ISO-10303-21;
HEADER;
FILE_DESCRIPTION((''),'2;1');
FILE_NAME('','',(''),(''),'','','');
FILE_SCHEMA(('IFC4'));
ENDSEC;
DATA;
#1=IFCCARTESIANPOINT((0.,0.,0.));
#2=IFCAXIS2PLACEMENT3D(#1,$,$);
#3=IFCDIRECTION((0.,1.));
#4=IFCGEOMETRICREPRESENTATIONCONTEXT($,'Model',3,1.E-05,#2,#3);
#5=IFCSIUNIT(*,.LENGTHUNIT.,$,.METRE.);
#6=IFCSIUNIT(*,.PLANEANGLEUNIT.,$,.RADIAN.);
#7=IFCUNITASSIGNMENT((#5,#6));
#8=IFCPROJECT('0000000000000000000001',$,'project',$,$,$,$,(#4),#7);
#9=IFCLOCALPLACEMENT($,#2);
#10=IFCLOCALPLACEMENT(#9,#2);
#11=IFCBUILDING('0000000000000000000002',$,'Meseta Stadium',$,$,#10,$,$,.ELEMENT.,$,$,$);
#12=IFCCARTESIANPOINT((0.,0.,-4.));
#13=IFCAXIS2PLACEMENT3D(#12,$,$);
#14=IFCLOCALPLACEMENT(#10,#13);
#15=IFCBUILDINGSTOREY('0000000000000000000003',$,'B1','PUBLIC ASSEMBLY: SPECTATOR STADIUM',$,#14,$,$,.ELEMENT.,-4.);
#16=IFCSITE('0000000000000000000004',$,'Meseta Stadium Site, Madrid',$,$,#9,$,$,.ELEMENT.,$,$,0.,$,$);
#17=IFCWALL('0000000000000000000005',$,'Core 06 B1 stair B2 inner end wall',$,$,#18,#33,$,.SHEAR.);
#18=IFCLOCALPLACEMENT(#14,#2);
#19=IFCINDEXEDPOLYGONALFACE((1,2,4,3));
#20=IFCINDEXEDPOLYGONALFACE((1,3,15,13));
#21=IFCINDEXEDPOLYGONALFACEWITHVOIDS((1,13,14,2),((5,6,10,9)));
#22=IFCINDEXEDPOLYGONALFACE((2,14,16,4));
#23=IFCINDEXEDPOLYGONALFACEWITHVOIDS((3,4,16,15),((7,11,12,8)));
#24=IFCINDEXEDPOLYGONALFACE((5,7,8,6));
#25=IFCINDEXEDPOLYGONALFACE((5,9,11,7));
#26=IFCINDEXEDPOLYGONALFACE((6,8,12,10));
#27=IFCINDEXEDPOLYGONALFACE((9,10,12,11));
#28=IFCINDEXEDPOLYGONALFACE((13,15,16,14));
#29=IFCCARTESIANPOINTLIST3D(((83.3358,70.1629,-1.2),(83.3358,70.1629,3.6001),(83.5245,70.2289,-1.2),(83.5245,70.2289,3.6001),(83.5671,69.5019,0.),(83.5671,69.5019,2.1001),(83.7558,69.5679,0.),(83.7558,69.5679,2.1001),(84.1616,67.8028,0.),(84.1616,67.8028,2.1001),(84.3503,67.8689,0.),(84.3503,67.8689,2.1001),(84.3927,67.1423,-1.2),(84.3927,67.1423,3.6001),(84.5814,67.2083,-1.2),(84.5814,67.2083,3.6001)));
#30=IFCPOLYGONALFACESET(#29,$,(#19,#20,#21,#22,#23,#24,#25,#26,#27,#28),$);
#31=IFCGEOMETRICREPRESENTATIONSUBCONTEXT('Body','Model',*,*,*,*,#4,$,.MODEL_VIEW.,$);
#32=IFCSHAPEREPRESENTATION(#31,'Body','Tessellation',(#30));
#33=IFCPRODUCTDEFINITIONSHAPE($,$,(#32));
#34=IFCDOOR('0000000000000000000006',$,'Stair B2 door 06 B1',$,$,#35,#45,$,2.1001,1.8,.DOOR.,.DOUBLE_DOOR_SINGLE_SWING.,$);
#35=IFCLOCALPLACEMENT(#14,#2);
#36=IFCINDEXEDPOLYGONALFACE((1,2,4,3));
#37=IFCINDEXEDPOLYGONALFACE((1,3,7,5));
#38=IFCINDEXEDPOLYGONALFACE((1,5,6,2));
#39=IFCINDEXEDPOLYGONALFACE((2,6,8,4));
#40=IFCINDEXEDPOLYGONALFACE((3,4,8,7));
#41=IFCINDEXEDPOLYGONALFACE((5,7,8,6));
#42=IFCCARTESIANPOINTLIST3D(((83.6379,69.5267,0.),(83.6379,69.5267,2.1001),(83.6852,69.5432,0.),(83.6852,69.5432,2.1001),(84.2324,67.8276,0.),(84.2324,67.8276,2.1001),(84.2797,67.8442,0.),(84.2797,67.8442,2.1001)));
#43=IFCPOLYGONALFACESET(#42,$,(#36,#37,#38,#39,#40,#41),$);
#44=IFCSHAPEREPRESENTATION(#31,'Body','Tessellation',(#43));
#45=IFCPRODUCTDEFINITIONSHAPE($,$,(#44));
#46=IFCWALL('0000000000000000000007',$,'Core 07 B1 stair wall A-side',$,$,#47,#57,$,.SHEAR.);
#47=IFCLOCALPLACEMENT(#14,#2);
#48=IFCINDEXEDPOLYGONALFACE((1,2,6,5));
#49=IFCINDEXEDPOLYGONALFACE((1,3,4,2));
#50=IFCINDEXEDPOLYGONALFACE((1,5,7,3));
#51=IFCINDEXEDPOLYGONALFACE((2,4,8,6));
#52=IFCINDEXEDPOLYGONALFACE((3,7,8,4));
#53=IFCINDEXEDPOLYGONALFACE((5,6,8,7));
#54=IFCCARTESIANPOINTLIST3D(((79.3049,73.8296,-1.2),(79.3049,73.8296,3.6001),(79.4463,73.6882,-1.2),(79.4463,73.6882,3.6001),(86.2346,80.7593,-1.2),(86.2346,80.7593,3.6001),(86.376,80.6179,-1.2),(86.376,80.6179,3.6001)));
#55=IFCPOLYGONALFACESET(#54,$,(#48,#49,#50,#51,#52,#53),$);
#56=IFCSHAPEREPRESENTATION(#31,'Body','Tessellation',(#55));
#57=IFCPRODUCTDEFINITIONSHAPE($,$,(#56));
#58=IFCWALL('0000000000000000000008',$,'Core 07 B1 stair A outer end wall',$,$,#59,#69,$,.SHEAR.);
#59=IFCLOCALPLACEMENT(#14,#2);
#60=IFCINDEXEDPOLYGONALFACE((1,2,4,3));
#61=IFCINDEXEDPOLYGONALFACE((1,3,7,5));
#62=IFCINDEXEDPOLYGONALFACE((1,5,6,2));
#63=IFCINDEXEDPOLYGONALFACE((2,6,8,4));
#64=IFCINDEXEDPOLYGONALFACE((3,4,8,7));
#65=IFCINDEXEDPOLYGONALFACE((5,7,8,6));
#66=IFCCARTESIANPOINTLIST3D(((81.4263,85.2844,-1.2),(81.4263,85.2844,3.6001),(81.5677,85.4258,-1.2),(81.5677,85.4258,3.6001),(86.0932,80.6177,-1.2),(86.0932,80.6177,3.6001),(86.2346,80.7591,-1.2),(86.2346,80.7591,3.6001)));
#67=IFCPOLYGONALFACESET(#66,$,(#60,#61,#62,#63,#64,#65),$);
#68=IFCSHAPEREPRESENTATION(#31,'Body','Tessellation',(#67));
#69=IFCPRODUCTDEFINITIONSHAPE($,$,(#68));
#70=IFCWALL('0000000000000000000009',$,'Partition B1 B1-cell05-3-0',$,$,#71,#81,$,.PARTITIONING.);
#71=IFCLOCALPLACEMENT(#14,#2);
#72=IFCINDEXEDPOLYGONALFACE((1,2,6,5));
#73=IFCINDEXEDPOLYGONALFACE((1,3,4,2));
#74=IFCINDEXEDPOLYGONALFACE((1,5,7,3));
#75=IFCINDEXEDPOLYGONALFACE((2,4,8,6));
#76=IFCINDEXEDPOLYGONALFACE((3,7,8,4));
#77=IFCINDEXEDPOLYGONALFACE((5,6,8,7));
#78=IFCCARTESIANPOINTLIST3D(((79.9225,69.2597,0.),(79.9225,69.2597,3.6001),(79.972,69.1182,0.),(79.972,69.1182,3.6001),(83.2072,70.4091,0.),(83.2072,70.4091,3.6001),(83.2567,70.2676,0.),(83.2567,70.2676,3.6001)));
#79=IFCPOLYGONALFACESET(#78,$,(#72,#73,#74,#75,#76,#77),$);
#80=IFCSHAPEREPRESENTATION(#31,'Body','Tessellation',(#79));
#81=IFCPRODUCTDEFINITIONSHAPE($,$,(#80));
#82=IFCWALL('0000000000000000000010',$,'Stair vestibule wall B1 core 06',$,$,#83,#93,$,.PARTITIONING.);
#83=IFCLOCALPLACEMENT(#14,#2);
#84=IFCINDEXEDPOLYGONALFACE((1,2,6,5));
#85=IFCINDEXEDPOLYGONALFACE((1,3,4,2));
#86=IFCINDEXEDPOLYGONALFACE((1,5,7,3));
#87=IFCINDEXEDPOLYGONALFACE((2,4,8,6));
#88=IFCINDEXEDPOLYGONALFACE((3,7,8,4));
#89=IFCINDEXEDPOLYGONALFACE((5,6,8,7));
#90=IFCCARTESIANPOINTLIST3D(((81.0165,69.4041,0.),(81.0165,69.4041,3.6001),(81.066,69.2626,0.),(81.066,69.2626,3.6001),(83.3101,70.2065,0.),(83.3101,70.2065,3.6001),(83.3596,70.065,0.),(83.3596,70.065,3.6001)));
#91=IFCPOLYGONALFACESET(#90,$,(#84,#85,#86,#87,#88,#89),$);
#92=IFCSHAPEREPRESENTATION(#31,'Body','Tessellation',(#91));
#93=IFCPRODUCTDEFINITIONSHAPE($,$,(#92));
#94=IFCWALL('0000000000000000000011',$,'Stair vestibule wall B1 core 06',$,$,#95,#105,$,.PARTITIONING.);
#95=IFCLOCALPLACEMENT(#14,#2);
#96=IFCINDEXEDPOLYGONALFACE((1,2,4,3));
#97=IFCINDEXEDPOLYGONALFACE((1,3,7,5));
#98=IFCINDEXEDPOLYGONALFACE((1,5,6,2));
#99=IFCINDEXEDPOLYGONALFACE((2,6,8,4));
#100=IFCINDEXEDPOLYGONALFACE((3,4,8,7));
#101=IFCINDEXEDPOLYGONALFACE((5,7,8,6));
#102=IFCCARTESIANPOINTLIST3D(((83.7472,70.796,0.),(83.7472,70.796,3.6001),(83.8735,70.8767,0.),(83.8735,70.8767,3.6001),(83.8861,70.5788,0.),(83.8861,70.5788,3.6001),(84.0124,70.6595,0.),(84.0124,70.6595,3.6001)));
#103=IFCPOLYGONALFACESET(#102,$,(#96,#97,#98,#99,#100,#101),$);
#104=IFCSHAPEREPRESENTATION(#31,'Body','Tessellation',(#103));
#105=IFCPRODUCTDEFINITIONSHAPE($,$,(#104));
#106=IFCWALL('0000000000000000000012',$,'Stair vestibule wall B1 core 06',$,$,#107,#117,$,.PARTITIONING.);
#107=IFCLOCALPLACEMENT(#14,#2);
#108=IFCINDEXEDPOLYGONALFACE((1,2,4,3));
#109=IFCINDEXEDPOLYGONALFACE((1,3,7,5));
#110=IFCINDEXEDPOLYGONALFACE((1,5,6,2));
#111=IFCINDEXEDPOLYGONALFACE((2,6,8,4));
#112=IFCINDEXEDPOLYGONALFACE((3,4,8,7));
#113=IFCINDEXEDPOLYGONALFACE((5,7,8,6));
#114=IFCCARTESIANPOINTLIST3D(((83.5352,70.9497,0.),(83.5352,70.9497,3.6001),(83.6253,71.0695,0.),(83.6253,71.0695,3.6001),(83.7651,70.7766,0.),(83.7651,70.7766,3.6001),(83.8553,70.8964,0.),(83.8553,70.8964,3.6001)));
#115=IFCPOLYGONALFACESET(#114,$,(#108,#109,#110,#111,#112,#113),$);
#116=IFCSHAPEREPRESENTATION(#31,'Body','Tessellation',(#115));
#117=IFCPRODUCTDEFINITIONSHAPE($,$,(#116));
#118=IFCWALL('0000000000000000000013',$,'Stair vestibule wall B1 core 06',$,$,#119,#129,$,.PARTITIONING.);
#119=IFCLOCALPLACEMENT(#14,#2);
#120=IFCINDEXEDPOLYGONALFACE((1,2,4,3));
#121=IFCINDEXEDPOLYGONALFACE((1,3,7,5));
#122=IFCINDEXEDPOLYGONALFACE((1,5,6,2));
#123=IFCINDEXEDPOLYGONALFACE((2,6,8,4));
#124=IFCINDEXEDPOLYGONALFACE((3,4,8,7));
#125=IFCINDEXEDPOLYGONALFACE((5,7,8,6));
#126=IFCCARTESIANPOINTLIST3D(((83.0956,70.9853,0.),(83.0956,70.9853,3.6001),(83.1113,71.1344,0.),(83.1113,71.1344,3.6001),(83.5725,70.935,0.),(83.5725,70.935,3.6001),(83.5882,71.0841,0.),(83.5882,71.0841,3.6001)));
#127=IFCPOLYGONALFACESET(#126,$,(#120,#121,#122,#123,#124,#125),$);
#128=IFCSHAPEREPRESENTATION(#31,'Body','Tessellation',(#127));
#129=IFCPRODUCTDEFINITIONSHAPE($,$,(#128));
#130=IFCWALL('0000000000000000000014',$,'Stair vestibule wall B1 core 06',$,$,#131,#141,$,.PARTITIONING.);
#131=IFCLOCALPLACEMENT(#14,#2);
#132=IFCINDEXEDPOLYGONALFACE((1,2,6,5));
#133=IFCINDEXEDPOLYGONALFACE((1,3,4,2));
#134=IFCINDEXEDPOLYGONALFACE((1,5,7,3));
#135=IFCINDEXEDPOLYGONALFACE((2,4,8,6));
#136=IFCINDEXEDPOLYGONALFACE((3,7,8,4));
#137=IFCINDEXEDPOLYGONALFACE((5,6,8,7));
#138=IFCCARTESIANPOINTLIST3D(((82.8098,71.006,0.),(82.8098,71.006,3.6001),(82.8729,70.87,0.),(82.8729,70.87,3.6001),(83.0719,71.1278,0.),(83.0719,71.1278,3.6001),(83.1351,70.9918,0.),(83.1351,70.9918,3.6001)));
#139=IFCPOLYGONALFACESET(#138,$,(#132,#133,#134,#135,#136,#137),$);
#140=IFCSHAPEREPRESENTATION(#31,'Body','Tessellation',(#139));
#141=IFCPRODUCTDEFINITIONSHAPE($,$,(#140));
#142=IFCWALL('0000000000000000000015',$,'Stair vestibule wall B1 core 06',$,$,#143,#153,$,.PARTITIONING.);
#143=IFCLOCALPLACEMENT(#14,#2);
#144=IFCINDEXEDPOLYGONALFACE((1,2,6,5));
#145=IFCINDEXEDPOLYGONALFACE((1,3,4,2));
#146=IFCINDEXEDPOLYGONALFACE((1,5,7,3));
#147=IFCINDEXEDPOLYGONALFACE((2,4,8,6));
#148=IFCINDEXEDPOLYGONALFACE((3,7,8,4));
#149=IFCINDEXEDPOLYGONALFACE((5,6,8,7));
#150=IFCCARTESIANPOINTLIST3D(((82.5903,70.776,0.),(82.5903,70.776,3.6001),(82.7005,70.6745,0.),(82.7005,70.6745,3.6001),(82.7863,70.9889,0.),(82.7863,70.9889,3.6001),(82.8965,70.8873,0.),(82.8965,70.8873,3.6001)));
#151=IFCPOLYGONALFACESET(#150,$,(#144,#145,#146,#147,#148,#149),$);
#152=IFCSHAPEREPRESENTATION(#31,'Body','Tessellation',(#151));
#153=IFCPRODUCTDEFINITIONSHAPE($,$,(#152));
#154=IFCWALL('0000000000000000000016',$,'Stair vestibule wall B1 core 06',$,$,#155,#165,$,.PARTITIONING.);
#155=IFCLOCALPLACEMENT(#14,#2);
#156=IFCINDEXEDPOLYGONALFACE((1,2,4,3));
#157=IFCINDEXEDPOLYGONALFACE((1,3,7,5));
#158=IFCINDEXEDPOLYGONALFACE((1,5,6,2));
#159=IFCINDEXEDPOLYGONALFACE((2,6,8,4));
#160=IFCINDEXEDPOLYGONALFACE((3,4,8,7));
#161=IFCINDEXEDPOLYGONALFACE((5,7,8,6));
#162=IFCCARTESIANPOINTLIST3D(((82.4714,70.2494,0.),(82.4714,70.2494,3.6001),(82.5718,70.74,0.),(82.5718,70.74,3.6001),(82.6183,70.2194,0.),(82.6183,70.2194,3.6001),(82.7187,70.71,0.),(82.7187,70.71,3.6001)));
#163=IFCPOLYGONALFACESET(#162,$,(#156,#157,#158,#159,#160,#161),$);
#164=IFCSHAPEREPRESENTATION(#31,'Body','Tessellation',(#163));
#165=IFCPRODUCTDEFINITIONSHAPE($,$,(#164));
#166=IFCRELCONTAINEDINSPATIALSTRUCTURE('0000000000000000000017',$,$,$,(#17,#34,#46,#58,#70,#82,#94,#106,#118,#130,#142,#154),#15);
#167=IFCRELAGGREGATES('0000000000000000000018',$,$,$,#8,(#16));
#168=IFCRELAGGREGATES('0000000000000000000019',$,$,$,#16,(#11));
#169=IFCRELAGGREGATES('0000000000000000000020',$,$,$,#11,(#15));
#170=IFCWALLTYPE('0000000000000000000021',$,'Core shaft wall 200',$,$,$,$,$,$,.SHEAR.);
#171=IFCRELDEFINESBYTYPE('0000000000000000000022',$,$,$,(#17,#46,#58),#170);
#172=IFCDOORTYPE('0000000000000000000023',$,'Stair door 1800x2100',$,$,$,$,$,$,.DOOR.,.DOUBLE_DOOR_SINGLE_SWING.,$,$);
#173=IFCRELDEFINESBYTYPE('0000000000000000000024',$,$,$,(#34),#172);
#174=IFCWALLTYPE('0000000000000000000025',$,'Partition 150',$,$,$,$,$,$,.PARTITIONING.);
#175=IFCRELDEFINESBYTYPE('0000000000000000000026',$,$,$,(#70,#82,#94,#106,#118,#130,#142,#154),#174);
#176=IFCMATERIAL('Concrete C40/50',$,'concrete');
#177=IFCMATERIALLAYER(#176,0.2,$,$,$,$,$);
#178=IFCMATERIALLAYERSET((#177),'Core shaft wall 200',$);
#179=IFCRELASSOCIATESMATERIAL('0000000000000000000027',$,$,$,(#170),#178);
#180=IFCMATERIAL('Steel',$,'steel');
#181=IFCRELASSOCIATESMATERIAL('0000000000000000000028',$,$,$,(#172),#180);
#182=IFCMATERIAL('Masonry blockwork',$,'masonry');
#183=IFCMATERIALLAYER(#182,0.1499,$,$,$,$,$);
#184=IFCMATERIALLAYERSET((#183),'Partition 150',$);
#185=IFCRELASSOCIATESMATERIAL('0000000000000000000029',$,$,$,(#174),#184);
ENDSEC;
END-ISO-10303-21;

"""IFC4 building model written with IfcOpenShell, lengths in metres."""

from ifc_helpers import new_model, si_unit, direction, frame, frame_2d, origin, place, context, subcontext, project, spatial, rectangle, extrude, material, layer, layer_set, type_object, element, fill, save


model = new_model("IFC4")

# Units and contexts
model_context = context("Model", 3, precision=1e-05, world=origin(), true_north=direction((0.0, 1.0)))
body_context = subcontext(model_context, "Body", "Model", "MODEL_VIEW")
ifc_project = project(units=[si_unit("LENGTHUNIT", "METRE"), si_unit("PLANEANGLEUNIT", "RADIAN")], contexts=[model_context])

# Site, building, storey
site_placement = place(None, origin())
site = spatial("IfcSite", under=ifc_project, at=site_placement, Name="Meseta Stadium Site, Madrid", CompositionType="ELEMENT", RefElevation=0.0)
building_placement = place(site_placement, origin())
building = spatial("IfcBuilding", under=site, at=building_placement, Name="Meseta Stadium", CompositionType="ELEMENT")
storey_placement = place(building_placement, frame((0.0, 0.0, -4.0)))
storey = spatial("IfcBuildingStorey", under=building, at=storey_placement, Name="B1", Description="PUBLIC ASSEMBLY: SPECTATOR STADIUM", CompositionType="ELEMENT", Elevation=-4.0)

# Wall, opening, door
ifc_material_1 = material(Name="Concrete C40/50", Category="concrete")
ifc_layer_1 = layer(ifc_material_1, 0.2)
ifc_layer_set_1 = layer_set([ifc_layer_1], Name="Core shaft wall 200")
wall_type_1 = type_object("IfcWallType", Name="Core shaft wall 200", PredefinedType="SHEAR", material=ifc_layer_set_1)
wall_1_placement = place(storey_placement, frame((84.4871, 67.1753, -1.2), z_axis=(0.0, 0.0, 1.0), x_axis=(-0.330269, 0.943887, 0.0)))
wall_1 = element("IfcWall", 1, at=wall_1_placement, inside=storey, type_object=wall_type_1, Name="Core 06 B1 stair B2 inner end wall", PredefinedType="SHEAR", context=body_context, shape_type="SweptSolid", body=[
    extrude(rectangle(XDim=3.2002, YDim=0.2, at=frame_2d((1.6001, 0.0))), origin(), (0.0, 0.0, 1.0), 4.8),
])
opening_placement = place(wall_1_placement, frame((0.7, 0.0, 1.2)))
opening = element("IfcOpeningElement", 2, at=opening_placement, cuts=wall_1, PredefinedType="OPENING", context=body_context, shape_type="SweptSolid", body=[
    extrude(rectangle(XDim=1.8, YDim=2.1001, at=frame_2d((0.8999, 1.05))), frame((0.0, 0.1099, 0.0), z_axis=(0.0, -1.0, 0.0), x_axis=(1.0, 0.0, 0.0)), (0.0, 0.0, 1.0), 0.22),
])
ifc_material_2 = material(Name="Steel", Category="steel")
door_type = type_object("IfcDoorType", Name="Stair door 1800x2100", OperationType="DOUBLE_DOOR_SINGLE_SWING", PredefinedType="DOOR", material=ifc_material_2)
door_placement = place(opening_placement, origin())
door = element("IfcDoor", 3, at=door_placement, inside=storey, type_object=door_type, Name="Stair B2 door 06 B1", OperationType="DOUBLE_DOOR_SINGLE_SWING", OverallHeight=2.1001, OverallWidth=1.8, PredefinedType="DOOR", context=body_context, shape_type="SweptSolid", body=[
    extrude(rectangle(XDim=1.8, YDim=2.1001, at=frame_2d((0.8999, 1.05))), frame((0.0, 0.0249, 0.0), z_axis=(0.0, -1.0, 0.0), x_axis=(1.0, 0.0, 0.0)), (0.0, 0.0, 1.0), 0.05),
])
fill(opening, door)

# Walls
wall_2_placement = place(storey_placement, frame((86.3052, 80.6885, -1.2), z_axis=(0.0, 0.0, 1.0), x_axis=(-0.707107, -0.707107, 0.0)))
element("IfcWall", 4, at=wall_2_placement, inside=storey, type_object=wall_type_1, Name="Core 07 B1 stair wall A-side", PredefinedType="SHEAR", context=body_context, shape_type="SweptSolid", body=[
    extrude(rectangle(XDim=9.8, YDim=0.2, at=frame_2d((4.8999, 0.0))), origin(), (0.0, 0.0, 1.0), 4.8),
])
wall_3_placement = place(storey_placement, frame((86.1638, 80.6885, -1.2), z_axis=(0.0, 0.0, 1.0), x_axis=(-0.707125, 0.707088, 0.0)))
element("IfcWall", 5, at=wall_3_placement, inside=storey, type_object=wall_type_1, Name="Core 07 B1 stair A outer end wall", PredefinedType="SHEAR", context=body_context, shape_type="SweptSolid", body=[
    extrude(rectangle(XDim=6.5999, YDim=0.2, at=frame_2d((3.2998, 0.0))), origin(), (0.0, 0.0, 1.0), 4.8),
])
ifc_material_3 = material(Name="Masonry blockwork", Category="masonry")
ifc_layer_2 = layer(ifc_material_3, 0.1499)
ifc_layer_set_2 = layer_set([ifc_layer_2], Name="Partition 150")
wall_type_2 = type_object("IfcWallType", Name="Partition 150", PredefinedType="PARTITIONING", material=ifc_layer_set_2)
wall_4_placement = place(storey_placement, frame((83.2319, 70.3384, 0.0), z_axis=(0.0, 0.0, 1.0), x_axis=(-0.943878, -0.330294, 0.0)))
element("IfcWall", 6, at=wall_4_placement, inside=storey, type_object=wall_type_2, Name="Partition B1 B1-cell05-3-0", PredefinedType="PARTITIONING", context=body_context, shape_type="SweptSolid", body=[
    extrude(rectangle(XDim=3.48, YDim=0.1499, at=frame_2d((1.74, 0.0))), origin(), (0.0, 0.0, 1.0), 3.6001),
])
wall_5_placement = place(storey_placement, frame((83.3347, 70.1357, 0.0), z_axis=(0.0, 0.0, 1.0), x_axis=(-0.943898, -0.330239, 0.0)))
element("IfcWall", 7, at=wall_5_placement, inside=storey, type_object=wall_type_2, Name="Stair vestibule wall B1 core 06", PredefinedType="PARTITIONING", context=body_context, shape_type="SweptSolid", body=[
    extrude(rectangle(XDim=2.4299, YDim=0.1499, at=frame_2d((1.2148, 0.0))), origin(), (0.0, 0.0, 1.0), 3.6001),
])
wall_6_placement = place(storey_placement, frame((83.9492, 70.6191, 0.0), z_axis=(0.0, 0.0, 1.0), x_axis=(-0.538651, 0.842529, 0.0)))
element("IfcWall", 8, at=wall_6_placement, inside=storey, type_object=wall_type_2, Name="Stair vestibule wall B1 core 06", PredefinedType="PARTITIONING", context=body_context, shape_type="SweptSolid", body=[
    extrude(rectangle(XDim=0.2578, YDim=0.1499, at=frame_2d((0.1289, 0.0))), origin(), (0.0, 0.0, 1.0), 3.6001),
])
wall_7_placement = place(storey_placement, frame((83.8103, 70.8364, 0.0), z_axis=(0.0, 0.0, 1.0), x_axis=(-0.798981, 0.601356, 0.0)))
element("IfcWall", 9, at=wall_7_placement, inside=storey, type_object=wall_type_2, Name="Stair vestibule wall B1 core 06", PredefinedType="PARTITIONING", context=body_context, shape_type="SweptSolid", body=[
    extrude(rectangle(XDim=0.2878, YDim=0.1499, at=frame_2d((0.144, 0.0))), origin(), (0.0, 0.0, 1.0), 3.6001),
])
wall_8_placement = place(storey_placement, frame((83.5803, 71.0095, 0.0), z_axis=(0.0, 0.0, 1.0), x_axis=(-0.994483, 0.104897, 0.0)))
element("IfcWall", 10, at=wall_8_placement, inside=storey, type_object=wall_type_2, Name="Stair vestibule wall B1 core 06", PredefinedType="PARTITIONING", context=body_context, shape_type="SweptSolid", body=[
    extrude(rectangle(XDim=0.4795, YDim=0.1499, at=frame_2d((0.2397, 0.0))), origin(), (0.0, 0.0, 1.0), 3.6001),
])
wall_9_placement = place(storey_placement, frame((83.1035, 71.0598, 0.0), z_axis=(0.0, 0.0, 1.0), x_axis=(-0.906894, -0.421359, 0.0)))
element("IfcWall", 11, at=wall_9_placement, inside=storey, type_object=wall_type_2, Name="Stair vestibule wall B1 core 06", PredefinedType="PARTITIONING", context=body_context, shape_type="SweptSolid", body=[
    extrude(rectangle(XDim=0.2891, YDim=0.1499, at=frame_2d((0.1445, 0.0))), origin(), (0.0, 0.0, 1.0), 3.6001),
])
wall_10_placement = place(storey_placement, frame((82.8413, 70.938, 0.0), z_axis=(0.0, 0.0, 1.0), x_axis=(-0.677404, -0.735611, 0.0)))
element("IfcWall", 12, at=wall_10_placement, inside=storey, type_object=wall_type_2, Name="Stair vestibule wall B1 core 06", PredefinedType="PARTITIONING", context=body_context, shape_type="SweptSolid", body=[
    extrude(rectangle(XDim=0.2893, YDim=0.1499, at=frame_2d((0.1445, 0.0))), origin(), (0.0, 0.0, 1.0), 3.6001),
])
wall_11_placement = place(storey_placement, frame((82.6453, 70.7251, 0.0), z_axis=(0.0, 0.0, 1.0), x_axis=(-0.200428, -0.979708, 0.0)))
element("IfcWall", 13, at=wall_11_placement, inside=storey, type_object=wall_type_2, Name="Stair vestibule wall B1 core 06", PredefinedType="PARTITIONING", context=body_context, shape_type="SweptSolid", body=[
    extrude(rectangle(XDim=0.5007, YDim=0.1499, at=frame_2d((0.2505, 0.0))), origin(), (0.0, 0.0, 1.0), 3.6001),
])

save(model, "model.ifc")
